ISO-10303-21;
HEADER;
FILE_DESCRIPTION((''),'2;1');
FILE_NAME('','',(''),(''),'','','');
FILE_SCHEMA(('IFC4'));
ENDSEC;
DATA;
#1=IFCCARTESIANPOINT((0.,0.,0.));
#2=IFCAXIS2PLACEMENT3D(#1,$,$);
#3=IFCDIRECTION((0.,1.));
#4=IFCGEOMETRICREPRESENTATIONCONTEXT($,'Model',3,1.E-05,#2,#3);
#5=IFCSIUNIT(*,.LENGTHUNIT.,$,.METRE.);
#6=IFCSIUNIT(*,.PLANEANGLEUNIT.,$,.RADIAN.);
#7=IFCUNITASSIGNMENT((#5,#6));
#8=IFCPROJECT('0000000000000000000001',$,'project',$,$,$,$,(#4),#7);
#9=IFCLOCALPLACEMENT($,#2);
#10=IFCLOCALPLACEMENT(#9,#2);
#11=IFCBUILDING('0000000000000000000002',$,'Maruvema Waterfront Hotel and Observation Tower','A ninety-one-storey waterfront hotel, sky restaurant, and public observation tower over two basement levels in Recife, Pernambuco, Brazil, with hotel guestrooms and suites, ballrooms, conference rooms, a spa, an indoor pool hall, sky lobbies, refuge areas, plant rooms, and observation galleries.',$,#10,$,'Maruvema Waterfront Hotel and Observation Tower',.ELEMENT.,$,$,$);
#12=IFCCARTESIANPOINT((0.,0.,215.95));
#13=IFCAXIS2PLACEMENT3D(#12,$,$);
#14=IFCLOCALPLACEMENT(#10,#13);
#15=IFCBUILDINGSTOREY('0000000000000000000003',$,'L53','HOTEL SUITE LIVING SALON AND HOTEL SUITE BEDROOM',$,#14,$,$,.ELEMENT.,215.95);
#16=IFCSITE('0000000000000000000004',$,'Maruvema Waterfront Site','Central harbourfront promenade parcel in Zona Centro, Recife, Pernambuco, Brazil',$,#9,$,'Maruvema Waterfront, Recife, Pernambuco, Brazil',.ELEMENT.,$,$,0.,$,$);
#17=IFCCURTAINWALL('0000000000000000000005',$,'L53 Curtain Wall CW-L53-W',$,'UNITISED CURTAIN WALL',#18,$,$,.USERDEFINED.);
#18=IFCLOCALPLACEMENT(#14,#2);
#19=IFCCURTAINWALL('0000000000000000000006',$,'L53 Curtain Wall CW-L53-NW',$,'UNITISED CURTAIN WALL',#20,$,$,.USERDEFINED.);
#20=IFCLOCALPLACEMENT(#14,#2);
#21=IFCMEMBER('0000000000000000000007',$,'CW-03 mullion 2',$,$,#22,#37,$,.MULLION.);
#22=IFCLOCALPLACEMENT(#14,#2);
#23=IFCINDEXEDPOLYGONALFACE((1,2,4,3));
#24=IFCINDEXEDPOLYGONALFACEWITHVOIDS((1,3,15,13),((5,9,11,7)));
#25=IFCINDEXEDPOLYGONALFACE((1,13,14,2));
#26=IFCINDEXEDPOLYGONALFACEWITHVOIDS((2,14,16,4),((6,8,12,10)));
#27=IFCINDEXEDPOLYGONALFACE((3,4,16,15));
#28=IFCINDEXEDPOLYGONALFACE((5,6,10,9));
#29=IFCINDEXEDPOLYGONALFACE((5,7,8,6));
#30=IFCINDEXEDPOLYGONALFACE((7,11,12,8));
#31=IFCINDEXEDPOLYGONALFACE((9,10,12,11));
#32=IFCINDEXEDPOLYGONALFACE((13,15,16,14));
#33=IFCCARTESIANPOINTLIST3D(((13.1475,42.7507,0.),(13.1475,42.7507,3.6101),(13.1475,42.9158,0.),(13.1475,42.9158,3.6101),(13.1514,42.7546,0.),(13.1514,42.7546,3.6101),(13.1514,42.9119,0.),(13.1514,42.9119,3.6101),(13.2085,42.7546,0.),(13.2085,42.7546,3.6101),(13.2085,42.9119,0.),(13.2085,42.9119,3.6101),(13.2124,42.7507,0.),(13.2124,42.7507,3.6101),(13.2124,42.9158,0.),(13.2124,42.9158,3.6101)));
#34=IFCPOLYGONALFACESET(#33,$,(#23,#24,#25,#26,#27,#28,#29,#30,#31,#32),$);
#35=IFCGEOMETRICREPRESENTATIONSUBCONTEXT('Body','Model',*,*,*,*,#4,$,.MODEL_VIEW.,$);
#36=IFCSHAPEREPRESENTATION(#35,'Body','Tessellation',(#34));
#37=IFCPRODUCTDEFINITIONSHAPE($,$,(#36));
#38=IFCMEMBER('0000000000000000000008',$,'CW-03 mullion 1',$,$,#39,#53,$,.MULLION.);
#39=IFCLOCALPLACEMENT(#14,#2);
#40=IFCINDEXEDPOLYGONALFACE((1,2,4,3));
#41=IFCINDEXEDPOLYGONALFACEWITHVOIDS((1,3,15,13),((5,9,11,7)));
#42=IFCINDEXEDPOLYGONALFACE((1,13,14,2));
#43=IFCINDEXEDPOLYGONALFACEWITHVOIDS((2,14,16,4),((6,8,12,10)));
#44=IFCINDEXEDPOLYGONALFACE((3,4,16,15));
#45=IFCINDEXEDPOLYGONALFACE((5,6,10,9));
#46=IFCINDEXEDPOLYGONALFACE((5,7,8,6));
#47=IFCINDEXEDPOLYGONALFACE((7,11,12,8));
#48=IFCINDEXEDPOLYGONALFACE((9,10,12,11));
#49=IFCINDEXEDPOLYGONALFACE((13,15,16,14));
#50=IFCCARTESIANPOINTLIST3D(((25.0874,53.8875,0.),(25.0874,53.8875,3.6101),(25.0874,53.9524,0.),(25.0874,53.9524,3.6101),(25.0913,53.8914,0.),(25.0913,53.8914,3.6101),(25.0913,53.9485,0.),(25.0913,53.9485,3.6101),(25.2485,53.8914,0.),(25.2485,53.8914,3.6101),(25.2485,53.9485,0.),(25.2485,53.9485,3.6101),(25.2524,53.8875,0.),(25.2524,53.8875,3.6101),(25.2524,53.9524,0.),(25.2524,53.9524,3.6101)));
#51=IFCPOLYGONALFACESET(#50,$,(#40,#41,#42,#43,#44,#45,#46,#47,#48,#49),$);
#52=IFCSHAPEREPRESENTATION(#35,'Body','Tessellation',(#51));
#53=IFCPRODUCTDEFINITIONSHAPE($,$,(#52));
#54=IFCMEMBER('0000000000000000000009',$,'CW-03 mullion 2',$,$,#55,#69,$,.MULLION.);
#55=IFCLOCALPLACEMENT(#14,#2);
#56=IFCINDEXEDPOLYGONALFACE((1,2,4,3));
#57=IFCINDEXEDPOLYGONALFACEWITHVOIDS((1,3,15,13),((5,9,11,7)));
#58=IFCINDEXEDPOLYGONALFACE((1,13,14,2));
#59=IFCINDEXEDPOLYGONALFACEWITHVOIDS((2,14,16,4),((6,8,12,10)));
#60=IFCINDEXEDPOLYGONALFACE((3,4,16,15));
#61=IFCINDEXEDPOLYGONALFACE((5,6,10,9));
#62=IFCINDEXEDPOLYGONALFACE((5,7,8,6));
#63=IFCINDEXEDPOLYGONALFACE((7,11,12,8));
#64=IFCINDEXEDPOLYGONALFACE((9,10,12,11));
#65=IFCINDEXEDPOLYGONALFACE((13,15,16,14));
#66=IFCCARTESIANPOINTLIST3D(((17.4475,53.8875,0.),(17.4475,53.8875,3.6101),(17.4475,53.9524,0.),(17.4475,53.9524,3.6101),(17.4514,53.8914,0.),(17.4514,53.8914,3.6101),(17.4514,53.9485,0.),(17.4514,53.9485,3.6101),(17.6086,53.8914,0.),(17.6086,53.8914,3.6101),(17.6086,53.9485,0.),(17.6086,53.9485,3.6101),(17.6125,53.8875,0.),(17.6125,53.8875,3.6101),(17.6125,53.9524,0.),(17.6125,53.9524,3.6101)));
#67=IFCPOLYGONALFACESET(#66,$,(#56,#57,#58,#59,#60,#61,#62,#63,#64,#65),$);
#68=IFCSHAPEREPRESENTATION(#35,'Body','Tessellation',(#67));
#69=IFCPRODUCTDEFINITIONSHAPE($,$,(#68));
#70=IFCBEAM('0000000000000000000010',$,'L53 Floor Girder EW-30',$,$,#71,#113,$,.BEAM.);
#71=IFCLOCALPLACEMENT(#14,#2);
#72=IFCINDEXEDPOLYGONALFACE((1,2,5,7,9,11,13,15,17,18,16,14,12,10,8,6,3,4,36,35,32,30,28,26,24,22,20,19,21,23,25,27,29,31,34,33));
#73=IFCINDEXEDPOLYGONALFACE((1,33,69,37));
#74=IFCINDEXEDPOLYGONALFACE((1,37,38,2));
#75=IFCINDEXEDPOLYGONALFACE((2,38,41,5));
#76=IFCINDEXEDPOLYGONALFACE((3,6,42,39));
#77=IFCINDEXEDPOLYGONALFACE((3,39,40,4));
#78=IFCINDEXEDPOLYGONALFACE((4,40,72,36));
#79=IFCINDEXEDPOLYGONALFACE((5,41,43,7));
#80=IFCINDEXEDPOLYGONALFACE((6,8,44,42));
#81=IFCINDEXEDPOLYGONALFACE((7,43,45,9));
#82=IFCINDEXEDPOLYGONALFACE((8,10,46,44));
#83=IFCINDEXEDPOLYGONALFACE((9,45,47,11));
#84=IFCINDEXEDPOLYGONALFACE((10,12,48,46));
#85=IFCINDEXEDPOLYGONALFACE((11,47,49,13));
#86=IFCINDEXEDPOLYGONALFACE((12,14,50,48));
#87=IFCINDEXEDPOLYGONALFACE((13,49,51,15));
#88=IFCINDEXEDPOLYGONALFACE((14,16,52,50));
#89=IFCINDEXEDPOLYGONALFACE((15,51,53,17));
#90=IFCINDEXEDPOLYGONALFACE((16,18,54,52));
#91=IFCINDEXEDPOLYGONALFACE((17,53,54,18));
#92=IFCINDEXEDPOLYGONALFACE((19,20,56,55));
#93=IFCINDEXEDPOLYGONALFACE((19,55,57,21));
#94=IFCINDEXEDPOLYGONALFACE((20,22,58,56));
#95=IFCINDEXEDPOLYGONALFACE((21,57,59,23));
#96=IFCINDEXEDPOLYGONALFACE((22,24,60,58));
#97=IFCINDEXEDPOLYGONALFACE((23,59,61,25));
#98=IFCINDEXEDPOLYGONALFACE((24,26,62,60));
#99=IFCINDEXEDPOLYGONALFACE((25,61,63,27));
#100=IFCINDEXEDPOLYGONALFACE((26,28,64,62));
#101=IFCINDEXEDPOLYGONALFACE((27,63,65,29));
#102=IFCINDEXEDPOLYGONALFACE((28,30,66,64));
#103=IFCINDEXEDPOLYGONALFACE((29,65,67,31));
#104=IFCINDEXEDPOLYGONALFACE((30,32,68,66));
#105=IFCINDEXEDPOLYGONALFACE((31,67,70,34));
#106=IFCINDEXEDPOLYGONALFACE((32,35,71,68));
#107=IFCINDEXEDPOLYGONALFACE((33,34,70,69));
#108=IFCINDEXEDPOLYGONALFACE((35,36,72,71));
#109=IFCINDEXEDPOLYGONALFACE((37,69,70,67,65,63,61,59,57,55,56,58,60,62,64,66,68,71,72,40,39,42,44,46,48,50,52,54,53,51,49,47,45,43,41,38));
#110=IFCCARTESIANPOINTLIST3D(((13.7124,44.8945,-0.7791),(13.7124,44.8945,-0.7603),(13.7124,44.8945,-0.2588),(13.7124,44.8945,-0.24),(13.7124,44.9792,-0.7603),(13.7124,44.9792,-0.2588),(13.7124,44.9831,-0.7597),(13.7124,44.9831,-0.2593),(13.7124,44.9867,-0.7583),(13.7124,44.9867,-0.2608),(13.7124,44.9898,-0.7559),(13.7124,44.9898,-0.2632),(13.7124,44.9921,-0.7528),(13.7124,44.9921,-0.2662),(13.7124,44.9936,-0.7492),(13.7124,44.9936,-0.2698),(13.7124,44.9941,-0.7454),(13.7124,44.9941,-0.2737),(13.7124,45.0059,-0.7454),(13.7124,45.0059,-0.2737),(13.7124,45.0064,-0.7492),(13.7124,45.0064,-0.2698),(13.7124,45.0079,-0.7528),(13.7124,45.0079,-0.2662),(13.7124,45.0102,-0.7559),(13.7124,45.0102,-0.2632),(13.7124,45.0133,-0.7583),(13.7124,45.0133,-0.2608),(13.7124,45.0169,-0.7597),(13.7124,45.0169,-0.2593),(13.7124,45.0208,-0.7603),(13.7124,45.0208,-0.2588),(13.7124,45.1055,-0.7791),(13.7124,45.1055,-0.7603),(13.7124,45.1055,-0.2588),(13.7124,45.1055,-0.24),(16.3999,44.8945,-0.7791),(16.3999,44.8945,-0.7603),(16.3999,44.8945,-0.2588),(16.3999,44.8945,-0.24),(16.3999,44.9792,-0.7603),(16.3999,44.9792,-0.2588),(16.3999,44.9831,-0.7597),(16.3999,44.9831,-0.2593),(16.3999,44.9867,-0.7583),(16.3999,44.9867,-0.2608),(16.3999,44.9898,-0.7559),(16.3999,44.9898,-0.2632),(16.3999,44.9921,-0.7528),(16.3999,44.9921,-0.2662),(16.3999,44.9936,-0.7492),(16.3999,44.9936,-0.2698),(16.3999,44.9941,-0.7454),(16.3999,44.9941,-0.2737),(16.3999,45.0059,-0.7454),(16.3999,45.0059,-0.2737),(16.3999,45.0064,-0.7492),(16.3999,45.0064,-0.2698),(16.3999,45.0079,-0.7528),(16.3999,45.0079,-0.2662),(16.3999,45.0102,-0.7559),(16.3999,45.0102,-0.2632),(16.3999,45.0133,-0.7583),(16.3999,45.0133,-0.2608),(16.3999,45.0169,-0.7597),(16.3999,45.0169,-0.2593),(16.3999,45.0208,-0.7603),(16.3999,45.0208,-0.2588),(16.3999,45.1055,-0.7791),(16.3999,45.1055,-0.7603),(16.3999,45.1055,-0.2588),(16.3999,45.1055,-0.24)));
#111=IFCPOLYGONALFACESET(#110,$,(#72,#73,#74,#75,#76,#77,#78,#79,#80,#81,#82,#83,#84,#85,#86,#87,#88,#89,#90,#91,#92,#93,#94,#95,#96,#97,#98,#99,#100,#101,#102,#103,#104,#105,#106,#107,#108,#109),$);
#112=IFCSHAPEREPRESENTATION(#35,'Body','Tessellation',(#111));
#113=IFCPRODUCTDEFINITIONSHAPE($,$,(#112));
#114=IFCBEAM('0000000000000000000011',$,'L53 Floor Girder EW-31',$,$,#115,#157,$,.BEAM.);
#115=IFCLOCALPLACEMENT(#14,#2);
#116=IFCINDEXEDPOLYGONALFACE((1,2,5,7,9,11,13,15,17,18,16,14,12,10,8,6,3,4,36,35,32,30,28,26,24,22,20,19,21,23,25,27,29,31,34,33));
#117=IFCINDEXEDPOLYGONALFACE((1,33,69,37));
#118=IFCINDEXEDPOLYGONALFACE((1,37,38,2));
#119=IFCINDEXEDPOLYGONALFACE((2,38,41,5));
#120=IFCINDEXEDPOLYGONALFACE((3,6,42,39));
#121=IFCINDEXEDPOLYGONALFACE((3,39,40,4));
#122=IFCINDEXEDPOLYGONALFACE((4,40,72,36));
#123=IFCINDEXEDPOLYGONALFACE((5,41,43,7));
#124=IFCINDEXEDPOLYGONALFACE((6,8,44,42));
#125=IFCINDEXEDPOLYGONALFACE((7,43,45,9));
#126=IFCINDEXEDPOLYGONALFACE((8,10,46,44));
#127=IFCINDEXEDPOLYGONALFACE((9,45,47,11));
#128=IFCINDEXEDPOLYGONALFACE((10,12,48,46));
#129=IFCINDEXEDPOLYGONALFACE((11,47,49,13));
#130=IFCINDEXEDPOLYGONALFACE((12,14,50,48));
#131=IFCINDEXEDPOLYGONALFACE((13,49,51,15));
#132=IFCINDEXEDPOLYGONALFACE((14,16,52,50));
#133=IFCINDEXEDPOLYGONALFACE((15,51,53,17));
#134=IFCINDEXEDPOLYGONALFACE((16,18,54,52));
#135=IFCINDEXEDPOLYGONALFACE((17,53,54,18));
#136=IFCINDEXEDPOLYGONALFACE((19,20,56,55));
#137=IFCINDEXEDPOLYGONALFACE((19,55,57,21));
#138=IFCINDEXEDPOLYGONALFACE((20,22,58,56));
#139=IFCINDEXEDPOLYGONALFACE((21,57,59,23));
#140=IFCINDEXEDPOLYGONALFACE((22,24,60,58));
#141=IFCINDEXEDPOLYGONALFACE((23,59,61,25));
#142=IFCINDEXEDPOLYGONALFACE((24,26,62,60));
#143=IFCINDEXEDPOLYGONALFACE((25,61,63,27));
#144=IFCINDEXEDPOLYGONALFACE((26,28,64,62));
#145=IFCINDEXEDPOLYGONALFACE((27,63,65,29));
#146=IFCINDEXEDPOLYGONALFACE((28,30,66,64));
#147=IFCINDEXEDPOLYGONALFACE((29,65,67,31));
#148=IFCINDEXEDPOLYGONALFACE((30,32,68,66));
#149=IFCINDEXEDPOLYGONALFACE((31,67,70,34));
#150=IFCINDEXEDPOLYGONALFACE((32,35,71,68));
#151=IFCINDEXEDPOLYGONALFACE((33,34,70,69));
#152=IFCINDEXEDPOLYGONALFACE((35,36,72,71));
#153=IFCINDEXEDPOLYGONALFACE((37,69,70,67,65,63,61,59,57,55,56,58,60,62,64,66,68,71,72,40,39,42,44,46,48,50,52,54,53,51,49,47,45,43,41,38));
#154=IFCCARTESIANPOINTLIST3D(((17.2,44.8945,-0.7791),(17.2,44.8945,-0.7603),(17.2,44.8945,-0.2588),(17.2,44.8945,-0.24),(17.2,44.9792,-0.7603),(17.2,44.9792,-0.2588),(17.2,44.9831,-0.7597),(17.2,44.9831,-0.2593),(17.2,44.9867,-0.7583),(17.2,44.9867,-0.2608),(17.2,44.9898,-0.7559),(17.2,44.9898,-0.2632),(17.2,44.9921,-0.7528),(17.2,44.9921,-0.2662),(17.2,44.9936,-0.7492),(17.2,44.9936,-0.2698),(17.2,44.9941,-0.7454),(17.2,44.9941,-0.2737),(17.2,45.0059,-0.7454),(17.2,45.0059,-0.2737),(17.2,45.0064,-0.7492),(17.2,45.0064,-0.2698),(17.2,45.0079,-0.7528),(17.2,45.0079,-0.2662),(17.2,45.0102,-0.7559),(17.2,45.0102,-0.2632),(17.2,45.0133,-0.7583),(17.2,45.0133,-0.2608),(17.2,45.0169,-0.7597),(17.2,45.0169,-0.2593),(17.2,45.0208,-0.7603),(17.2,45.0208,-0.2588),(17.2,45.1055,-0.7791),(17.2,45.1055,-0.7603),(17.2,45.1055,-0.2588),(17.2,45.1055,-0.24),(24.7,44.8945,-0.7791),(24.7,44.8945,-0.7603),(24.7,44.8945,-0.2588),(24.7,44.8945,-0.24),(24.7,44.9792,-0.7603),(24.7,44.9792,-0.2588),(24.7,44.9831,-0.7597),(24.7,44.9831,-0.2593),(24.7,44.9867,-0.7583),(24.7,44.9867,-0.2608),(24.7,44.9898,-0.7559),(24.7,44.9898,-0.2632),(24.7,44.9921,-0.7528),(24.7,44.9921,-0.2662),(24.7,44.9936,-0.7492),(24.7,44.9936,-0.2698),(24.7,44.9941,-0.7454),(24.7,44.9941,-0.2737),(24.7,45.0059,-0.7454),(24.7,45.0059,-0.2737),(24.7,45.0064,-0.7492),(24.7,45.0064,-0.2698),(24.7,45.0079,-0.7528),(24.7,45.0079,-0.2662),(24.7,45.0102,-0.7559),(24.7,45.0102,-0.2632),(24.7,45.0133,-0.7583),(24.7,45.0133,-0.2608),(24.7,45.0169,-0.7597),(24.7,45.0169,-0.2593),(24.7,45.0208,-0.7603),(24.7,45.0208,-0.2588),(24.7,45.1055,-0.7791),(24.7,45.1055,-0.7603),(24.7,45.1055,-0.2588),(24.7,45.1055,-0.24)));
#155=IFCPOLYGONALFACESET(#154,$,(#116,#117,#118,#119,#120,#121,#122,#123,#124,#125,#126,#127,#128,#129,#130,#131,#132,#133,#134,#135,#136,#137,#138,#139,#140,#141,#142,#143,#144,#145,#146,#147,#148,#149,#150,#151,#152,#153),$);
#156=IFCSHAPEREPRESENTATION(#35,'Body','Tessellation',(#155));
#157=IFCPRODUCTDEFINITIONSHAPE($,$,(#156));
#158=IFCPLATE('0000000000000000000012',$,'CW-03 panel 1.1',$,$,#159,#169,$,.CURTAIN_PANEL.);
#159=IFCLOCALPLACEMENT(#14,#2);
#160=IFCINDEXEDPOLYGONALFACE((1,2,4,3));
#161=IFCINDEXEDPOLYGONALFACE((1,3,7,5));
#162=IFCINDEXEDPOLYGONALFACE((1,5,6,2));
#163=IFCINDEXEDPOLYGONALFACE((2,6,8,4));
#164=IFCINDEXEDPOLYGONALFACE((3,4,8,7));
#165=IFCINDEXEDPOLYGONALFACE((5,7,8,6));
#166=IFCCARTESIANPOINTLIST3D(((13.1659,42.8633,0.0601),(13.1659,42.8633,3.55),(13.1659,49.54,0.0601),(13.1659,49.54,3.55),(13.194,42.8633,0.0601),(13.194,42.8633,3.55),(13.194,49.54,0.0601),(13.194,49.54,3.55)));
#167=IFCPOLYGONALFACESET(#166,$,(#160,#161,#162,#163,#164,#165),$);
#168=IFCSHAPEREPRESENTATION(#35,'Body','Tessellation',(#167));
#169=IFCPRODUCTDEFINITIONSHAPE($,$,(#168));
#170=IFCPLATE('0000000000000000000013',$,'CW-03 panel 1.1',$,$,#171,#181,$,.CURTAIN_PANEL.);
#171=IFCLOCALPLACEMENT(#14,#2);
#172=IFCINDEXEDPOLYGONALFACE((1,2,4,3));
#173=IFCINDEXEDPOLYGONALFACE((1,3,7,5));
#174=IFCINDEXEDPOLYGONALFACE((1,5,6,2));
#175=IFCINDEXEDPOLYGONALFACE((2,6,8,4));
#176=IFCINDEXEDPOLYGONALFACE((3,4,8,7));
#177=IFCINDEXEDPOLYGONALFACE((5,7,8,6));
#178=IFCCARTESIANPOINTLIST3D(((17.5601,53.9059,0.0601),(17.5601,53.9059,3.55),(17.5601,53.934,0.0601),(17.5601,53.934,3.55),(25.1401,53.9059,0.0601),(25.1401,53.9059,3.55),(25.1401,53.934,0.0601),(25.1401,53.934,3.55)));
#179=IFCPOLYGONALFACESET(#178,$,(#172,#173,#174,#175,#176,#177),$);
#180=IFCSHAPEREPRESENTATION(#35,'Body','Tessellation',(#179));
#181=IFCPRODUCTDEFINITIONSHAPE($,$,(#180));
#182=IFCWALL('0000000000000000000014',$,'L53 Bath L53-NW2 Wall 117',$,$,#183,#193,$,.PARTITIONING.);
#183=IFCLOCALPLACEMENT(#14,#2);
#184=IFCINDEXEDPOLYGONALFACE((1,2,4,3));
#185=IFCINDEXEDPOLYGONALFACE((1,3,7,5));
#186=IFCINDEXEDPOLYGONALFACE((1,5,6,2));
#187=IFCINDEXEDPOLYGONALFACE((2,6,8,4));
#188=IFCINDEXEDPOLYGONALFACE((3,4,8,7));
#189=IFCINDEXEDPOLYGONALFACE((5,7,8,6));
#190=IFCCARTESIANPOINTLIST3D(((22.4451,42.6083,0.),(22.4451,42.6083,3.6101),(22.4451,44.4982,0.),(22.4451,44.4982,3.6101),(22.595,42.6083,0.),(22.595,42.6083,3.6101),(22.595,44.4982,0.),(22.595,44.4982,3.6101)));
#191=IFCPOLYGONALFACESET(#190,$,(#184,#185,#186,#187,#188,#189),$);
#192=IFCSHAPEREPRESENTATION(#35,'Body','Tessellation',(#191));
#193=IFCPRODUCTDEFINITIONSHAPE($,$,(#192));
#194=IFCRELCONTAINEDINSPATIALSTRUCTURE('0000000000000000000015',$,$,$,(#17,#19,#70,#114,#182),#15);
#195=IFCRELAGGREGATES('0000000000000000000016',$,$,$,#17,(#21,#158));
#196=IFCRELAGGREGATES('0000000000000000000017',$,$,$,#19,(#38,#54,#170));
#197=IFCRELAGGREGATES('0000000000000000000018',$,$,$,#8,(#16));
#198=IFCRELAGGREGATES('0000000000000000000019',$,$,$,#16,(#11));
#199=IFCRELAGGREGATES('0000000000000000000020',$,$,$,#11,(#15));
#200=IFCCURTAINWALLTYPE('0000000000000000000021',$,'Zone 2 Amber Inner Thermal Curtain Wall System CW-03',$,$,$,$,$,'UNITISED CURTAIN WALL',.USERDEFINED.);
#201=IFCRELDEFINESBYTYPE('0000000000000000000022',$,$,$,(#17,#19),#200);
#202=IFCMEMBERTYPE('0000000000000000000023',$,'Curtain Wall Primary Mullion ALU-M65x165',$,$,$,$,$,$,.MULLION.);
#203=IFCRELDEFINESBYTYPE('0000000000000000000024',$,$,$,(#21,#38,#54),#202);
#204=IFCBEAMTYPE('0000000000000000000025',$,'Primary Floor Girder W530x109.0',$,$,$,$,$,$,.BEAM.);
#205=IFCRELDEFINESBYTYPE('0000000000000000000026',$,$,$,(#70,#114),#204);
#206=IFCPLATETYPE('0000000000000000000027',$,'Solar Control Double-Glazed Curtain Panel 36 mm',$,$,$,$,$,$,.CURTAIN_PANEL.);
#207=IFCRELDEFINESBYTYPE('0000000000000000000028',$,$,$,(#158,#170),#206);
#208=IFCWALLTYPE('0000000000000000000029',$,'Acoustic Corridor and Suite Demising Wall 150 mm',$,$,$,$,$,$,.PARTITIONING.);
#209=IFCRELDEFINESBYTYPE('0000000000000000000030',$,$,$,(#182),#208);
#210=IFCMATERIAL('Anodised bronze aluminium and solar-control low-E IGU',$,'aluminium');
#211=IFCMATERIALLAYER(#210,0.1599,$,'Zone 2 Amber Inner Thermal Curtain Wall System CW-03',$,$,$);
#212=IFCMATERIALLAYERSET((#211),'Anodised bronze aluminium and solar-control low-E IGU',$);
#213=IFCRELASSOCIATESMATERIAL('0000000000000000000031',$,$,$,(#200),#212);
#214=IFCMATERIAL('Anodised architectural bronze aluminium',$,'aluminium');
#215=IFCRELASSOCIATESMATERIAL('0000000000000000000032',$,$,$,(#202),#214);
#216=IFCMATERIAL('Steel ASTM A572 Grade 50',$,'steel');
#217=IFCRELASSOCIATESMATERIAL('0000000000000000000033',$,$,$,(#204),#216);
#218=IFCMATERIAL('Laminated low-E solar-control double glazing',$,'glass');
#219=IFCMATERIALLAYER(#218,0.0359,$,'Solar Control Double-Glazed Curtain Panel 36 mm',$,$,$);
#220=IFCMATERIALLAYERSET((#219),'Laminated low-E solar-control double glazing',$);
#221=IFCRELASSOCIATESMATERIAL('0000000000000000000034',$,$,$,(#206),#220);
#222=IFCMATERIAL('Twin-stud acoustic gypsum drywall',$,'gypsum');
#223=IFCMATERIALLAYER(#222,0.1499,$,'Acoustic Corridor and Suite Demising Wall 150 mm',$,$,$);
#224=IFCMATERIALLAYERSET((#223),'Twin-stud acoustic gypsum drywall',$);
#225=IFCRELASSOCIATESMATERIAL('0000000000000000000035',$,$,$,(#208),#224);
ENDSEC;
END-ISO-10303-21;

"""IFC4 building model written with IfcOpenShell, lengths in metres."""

from ifc_helpers import new_model, si_unit, direction, frame, frame_2d, origin, origin_2d, place, context, subcontext, project, spatial, rectangle, hollow_rectangle, i_section, extrude, material, layer, layer_set, material_profile, profile_set, type_object, element, aggregate, save


model = new_model("IFC4")

# Units and contexts
model_context = context("Model", 3, precision=1e-05, world=origin(), true_north=direction((0.0, 1.0)))
body_context = subcontext(model_context, "Body", "Model", "MODEL_VIEW")
ifc_project = project(units=[si_unit("LENGTHUNIT", "METRE"), si_unit("PLANEANGLEUNIT", "RADIAN")], contexts=[model_context])

# Site, building, storey
site_placement = place(None, origin())
site = spatial("IfcSite", under=ifc_project, at=site_placement, Name="Maruvema Waterfront Site", Description="Central harbourfront promenade parcel in Zona Centro, Recife, Pernambuco, Brazil", LongName="Maruvema Waterfront, Recife, Pernambuco, Brazil", CompositionType="ELEMENT", RefElevation=0.0)
building_placement = place(site_placement, origin())
building = spatial("IfcBuilding", under=site, at=building_placement, Name="Maruvema Waterfront Hotel and Observation Tower", Description="A ninety-one-storey waterfront hotel, sky restaurant, and public observation tower over two basement levels in Recife, Pernambuco, Brazil, with hotel guestrooms and suites, ballrooms, conference rooms, a spa, an indoor pool hall, sky lobbies, refuge areas, plant rooms, and observation galleries.", LongName="Maruvema Waterfront Hotel and Observation Tower", CompositionType="ELEMENT")
storey_placement = place(building_placement, frame((0.0, 0.0, 215.95)))
storey = spatial("IfcBuildingStorey", under=building, at=storey_placement, Name="L53", Description="HOTEL SUITE LIVING SALON AND HOTEL SUITE BEDROOM", CompositionType="ELEMENT", Elevation=215.95)

# Curtain walls
ifc_material_1 = material(Name="Anodised bronze aluminium and solar-control low-E IGU", Category="aluminium")
ifc_layer_1 = layer(ifc_material_1, 0.1599, Name="Zone 2 Amber Inner Thermal Curtain Wall System CW-03")
ifc_layer_set_1 = layer_set([ifc_layer_1], Name="Anodised bronze aluminium and solar-control low-E IGU")
curtain_wall_type = type_object("IfcCurtainWallType", Name="Zone 2 Amber Inner Thermal Curtain Wall System CW-03", ElementType="UNITISED CURTAIN WALL", PredefinedType="USERDEFINED", material=ifc_layer_set_1)
curtain_wall_1_placement = place(storey_placement, origin())
curtain_wall_1 = element("IfcCurtainWall", 1, at=curtain_wall_1_placement, inside=storey, type_object=curtain_wall_type, Name="L53 Curtain Wall CW-L53-W", ObjectType="UNITISED CURTAIN WALL", PredefinedType="USERDEFINED")
curtain_wall_2_placement = place(storey_placement, origin())
curtain_wall_2 = element("IfcCurtainWall", 2, at=curtain_wall_2_placement, inside=storey, type_object=curtain_wall_type, Name="L53 Curtain Wall CW-L53-NW", ObjectType="UNITISED CURTAIN WALL", PredefinedType="USERDEFINED")

# Members
ifc_material_2 = material(Name="Anodised architectural bronze aluminium", Category="aluminium")
ifc_material_profile_1 = material_profile(ifc_material_2, hollow_rectangle(XDim=0.0649, YDim=0.165, WallThickness=0.0039, at=origin_2d()), Name="ALU-M65x165")
ifc_profile_set_1 = profile_set([ifc_material_profile_1], Name="Anodised architectural bronze aluminium")
member_type_1 = type_object("IfcMemberType", Name="Curtain Wall Primary Mullion ALU-M65x165", PredefinedType="MULLION", material=ifc_profile_set_1)
member_1_placement = place(storey_placement, frame((13.1799, 42.8333, 0.0), z_axis=(0.0, 0.0, 1.0), x_axis=(1.0, 0.0, 0.0)))
member_1 = element("IfcMember", 3, at=member_1_placement, type_object=member_type_1, Name="CW-03 mullion 2", PredefinedType="MULLION", context=body_context, shape_type="SweptSolid", body=[
    extrude(hollow_rectangle(XDim=0.0649, YDim=0.165, WallThickness=0.0039, at=origin_2d()), origin(), (0.0, 0.0, 1.0), 3.6101),
])
member_2_placement = place(storey_placement, frame((25.1699, 53.9199, 0.0), z_axis=(0.0, 0.0, 1.0), x_axis=(0.0, -1.0, 0.0)))
member_2 = element("IfcMember", 4, at=member_2_placement, type_object=member_type_1, Name="CW-03 mullion 1", PredefinedType="MULLION", context=body_context, shape_type="SweptSolid", body=[
    extrude(hollow_rectangle(XDim=0.0649, YDim=0.165, WallThickness=0.0039, at=origin_2d()), origin(), (0.0, 0.0, 1.0), 3.6101),
])
member_3_placement = place(storey_placement, frame((17.53, 53.9199, 0.0), z_axis=(0.0, 0.0, 1.0), x_axis=(0.0, -1.0, 0.0)))
member_3 = element("IfcMember", 5, at=member_3_placement, type_object=member_type_1, Name="CW-03 mullion 2", PredefinedType="MULLION", context=body_context, shape_type="SweptSolid", body=[
    extrude(hollow_rectangle(XDim=0.0649, YDim=0.165, WallThickness=0.0039, at=origin_2d()), origin(), (0.0, 0.0, 1.0), 3.6101),
])

# Beams
ifc_material_3 = material(Name="Steel ASTM A572 Grade 50", Category="steel")
ifc_material_profile_2 = material_profile(ifc_material_3, i_section(OverallWidth=0.2109, OverallDepth=0.5391, WebThickness=0.0117, FlangeThickness=0.0188, FilletRadius=0.0149, at=origin_2d()), Name="W530x109.0")
ifc_profile_set_2 = profile_set([ifc_material_profile_2], Name="Steel ASTM A572 Grade 50")
beam_type = type_object("IfcBeamType", Name="Primary Floor Girder W530x109.0", PredefinedType="BEAM", material=ifc_profile_set_2)
beam_1_placement = place(storey_placement, frame((13.7124, 45.0, -0.5095), z_axis=(1.0, 0.0, 0.0), x_axis=(0.0, 1.0, 0.0)))
element("IfcBeam", 6, at=beam_1_placement, inside=storey, type_object=beam_type, Name="L53 Floor Girder EW-30", PredefinedType="BEAM", context=body_context, shape_type="SweptSolid", body=[
    extrude(i_section(OverallWidth=0.2109, OverallDepth=0.5391, WebThickness=0.0117, FlangeThickness=0.0188, FilletRadius=0.0149, at=origin_2d()), origin(), (0.0, 0.0, 1.0), 2.6875),
])
beam_2_placement = place(storey_placement, frame((17.2, 45.0, -0.5095), z_axis=(1.0, 0.0, 0.0), x_axis=(0.0, 1.0, 0.0)))
element("IfcBeam", 7, at=beam_2_placement, inside=storey, type_object=beam_type, Name="L53 Floor Girder EW-31", PredefinedType="BEAM", context=body_context, shape_type="SweptSolid", body=[
    extrude(i_section(OverallWidth=0.2109, OverallDepth=0.5391, WebThickness=0.0117, FlangeThickness=0.0188, FilletRadius=0.0149, at=origin_2d()), origin(), (0.0, 0.0, 1.0), 7.5),
])

# Plates
ifc_material_4 = material(Name="Laminated low-E solar-control double glazing", Category="glass")
ifc_layer_2 = layer(ifc_material_4, 0.0359, Name="Solar Control Double-Glazed Curtain Panel 36 mm")
ifc_layer_set_2 = layer_set([ifc_layer_2], Name="Laminated low-E solar-control double glazing")
plate_type = type_object("IfcPlateType", Name="Solar Control Double-Glazed Curtain Panel 36 mm", PredefinedType="CURTAIN_PANEL", material=ifc_layer_set_2)
plate_1_placement = place(storey_placement, frame((13.1799, 46.2017, 0.0601), z_axis=(0.0, 0.0, 1.0), x_axis=(0.0, -1.0, 0.0)))
plate_1 = element("IfcPlate", 8, at=plate_1_placement, type_object=plate_type, Name="CW-03 panel 1.1", PredefinedType="CURTAIN_PANEL", context=body_context, shape_type="SweptSolid", body=[
    extrude(rectangle(XDim=6.6768, YDim=0.0281, at=origin_2d()), origin(), (0.0, 0.0, 1.0), 3.49),
])
aggregate(curtain_wall_1, [member_1, plate_1])
plate_2_placement = place(storey_placement, frame((21.3501, 53.9199, 0.0601), z_axis=(0.0, 0.0, 1.0), x_axis=(-1.0, 0.0, 0.0)))
plate_2 = element("IfcPlate", 9, at=plate_2_placement, type_object=plate_type, Name="CW-03 panel 1.1", PredefinedType="CURTAIN_PANEL", context=body_context, shape_type="SweptSolid", body=[
    extrude(rectangle(XDim=7.5801, YDim=0.0281, at=origin_2d()), origin(), (0.0, 0.0, 1.0), 3.49),
])
aggregate(curtain_wall_2, [member_2, member_3, plate_2])

# Wall
ifc_material_5 = material(Name="Twin-stud acoustic gypsum drywall", Category="gypsum")
ifc_layer_3 = layer(ifc_material_5, 0.1499, Name="Acoustic Corridor and Suite Demising Wall 150 mm")
ifc_layer_set_3 = layer_set([ifc_layer_3], Name="Twin-stud acoustic gypsum drywall")
wall_type_1 = type_object("IfcWallType", Name="Acoustic Corridor and Suite Demising Wall 150 mm", PredefinedType="PARTITIONING", material=ifc_layer_set_3)
for number, where, z_axis, x_axis, name in (
    (10, (22.52, 42.6084, 0.0), (0.0, 0.0, 1.0), (0.0, 1.0, 0.0), "L53 Bath L53-NW2 Wall 117"),
):
    element("IfcWall", number, at=place(storey_placement, frame(where, z_axis=z_axis, x_axis=x_axis)), inside=storey, type_object=wall_type_1, Name=name, PredefinedType="PARTITIONING", context=body_context, shape_type="SweptSolid", body=[
        extrude(rectangle(XDim=1.8899, YDim=0.1499, at=frame_2d((0.9448, 0.0))), origin(), (0.0, 0.0, 1.0), 3.6101),
    ])

save(model, "model.ifc")
